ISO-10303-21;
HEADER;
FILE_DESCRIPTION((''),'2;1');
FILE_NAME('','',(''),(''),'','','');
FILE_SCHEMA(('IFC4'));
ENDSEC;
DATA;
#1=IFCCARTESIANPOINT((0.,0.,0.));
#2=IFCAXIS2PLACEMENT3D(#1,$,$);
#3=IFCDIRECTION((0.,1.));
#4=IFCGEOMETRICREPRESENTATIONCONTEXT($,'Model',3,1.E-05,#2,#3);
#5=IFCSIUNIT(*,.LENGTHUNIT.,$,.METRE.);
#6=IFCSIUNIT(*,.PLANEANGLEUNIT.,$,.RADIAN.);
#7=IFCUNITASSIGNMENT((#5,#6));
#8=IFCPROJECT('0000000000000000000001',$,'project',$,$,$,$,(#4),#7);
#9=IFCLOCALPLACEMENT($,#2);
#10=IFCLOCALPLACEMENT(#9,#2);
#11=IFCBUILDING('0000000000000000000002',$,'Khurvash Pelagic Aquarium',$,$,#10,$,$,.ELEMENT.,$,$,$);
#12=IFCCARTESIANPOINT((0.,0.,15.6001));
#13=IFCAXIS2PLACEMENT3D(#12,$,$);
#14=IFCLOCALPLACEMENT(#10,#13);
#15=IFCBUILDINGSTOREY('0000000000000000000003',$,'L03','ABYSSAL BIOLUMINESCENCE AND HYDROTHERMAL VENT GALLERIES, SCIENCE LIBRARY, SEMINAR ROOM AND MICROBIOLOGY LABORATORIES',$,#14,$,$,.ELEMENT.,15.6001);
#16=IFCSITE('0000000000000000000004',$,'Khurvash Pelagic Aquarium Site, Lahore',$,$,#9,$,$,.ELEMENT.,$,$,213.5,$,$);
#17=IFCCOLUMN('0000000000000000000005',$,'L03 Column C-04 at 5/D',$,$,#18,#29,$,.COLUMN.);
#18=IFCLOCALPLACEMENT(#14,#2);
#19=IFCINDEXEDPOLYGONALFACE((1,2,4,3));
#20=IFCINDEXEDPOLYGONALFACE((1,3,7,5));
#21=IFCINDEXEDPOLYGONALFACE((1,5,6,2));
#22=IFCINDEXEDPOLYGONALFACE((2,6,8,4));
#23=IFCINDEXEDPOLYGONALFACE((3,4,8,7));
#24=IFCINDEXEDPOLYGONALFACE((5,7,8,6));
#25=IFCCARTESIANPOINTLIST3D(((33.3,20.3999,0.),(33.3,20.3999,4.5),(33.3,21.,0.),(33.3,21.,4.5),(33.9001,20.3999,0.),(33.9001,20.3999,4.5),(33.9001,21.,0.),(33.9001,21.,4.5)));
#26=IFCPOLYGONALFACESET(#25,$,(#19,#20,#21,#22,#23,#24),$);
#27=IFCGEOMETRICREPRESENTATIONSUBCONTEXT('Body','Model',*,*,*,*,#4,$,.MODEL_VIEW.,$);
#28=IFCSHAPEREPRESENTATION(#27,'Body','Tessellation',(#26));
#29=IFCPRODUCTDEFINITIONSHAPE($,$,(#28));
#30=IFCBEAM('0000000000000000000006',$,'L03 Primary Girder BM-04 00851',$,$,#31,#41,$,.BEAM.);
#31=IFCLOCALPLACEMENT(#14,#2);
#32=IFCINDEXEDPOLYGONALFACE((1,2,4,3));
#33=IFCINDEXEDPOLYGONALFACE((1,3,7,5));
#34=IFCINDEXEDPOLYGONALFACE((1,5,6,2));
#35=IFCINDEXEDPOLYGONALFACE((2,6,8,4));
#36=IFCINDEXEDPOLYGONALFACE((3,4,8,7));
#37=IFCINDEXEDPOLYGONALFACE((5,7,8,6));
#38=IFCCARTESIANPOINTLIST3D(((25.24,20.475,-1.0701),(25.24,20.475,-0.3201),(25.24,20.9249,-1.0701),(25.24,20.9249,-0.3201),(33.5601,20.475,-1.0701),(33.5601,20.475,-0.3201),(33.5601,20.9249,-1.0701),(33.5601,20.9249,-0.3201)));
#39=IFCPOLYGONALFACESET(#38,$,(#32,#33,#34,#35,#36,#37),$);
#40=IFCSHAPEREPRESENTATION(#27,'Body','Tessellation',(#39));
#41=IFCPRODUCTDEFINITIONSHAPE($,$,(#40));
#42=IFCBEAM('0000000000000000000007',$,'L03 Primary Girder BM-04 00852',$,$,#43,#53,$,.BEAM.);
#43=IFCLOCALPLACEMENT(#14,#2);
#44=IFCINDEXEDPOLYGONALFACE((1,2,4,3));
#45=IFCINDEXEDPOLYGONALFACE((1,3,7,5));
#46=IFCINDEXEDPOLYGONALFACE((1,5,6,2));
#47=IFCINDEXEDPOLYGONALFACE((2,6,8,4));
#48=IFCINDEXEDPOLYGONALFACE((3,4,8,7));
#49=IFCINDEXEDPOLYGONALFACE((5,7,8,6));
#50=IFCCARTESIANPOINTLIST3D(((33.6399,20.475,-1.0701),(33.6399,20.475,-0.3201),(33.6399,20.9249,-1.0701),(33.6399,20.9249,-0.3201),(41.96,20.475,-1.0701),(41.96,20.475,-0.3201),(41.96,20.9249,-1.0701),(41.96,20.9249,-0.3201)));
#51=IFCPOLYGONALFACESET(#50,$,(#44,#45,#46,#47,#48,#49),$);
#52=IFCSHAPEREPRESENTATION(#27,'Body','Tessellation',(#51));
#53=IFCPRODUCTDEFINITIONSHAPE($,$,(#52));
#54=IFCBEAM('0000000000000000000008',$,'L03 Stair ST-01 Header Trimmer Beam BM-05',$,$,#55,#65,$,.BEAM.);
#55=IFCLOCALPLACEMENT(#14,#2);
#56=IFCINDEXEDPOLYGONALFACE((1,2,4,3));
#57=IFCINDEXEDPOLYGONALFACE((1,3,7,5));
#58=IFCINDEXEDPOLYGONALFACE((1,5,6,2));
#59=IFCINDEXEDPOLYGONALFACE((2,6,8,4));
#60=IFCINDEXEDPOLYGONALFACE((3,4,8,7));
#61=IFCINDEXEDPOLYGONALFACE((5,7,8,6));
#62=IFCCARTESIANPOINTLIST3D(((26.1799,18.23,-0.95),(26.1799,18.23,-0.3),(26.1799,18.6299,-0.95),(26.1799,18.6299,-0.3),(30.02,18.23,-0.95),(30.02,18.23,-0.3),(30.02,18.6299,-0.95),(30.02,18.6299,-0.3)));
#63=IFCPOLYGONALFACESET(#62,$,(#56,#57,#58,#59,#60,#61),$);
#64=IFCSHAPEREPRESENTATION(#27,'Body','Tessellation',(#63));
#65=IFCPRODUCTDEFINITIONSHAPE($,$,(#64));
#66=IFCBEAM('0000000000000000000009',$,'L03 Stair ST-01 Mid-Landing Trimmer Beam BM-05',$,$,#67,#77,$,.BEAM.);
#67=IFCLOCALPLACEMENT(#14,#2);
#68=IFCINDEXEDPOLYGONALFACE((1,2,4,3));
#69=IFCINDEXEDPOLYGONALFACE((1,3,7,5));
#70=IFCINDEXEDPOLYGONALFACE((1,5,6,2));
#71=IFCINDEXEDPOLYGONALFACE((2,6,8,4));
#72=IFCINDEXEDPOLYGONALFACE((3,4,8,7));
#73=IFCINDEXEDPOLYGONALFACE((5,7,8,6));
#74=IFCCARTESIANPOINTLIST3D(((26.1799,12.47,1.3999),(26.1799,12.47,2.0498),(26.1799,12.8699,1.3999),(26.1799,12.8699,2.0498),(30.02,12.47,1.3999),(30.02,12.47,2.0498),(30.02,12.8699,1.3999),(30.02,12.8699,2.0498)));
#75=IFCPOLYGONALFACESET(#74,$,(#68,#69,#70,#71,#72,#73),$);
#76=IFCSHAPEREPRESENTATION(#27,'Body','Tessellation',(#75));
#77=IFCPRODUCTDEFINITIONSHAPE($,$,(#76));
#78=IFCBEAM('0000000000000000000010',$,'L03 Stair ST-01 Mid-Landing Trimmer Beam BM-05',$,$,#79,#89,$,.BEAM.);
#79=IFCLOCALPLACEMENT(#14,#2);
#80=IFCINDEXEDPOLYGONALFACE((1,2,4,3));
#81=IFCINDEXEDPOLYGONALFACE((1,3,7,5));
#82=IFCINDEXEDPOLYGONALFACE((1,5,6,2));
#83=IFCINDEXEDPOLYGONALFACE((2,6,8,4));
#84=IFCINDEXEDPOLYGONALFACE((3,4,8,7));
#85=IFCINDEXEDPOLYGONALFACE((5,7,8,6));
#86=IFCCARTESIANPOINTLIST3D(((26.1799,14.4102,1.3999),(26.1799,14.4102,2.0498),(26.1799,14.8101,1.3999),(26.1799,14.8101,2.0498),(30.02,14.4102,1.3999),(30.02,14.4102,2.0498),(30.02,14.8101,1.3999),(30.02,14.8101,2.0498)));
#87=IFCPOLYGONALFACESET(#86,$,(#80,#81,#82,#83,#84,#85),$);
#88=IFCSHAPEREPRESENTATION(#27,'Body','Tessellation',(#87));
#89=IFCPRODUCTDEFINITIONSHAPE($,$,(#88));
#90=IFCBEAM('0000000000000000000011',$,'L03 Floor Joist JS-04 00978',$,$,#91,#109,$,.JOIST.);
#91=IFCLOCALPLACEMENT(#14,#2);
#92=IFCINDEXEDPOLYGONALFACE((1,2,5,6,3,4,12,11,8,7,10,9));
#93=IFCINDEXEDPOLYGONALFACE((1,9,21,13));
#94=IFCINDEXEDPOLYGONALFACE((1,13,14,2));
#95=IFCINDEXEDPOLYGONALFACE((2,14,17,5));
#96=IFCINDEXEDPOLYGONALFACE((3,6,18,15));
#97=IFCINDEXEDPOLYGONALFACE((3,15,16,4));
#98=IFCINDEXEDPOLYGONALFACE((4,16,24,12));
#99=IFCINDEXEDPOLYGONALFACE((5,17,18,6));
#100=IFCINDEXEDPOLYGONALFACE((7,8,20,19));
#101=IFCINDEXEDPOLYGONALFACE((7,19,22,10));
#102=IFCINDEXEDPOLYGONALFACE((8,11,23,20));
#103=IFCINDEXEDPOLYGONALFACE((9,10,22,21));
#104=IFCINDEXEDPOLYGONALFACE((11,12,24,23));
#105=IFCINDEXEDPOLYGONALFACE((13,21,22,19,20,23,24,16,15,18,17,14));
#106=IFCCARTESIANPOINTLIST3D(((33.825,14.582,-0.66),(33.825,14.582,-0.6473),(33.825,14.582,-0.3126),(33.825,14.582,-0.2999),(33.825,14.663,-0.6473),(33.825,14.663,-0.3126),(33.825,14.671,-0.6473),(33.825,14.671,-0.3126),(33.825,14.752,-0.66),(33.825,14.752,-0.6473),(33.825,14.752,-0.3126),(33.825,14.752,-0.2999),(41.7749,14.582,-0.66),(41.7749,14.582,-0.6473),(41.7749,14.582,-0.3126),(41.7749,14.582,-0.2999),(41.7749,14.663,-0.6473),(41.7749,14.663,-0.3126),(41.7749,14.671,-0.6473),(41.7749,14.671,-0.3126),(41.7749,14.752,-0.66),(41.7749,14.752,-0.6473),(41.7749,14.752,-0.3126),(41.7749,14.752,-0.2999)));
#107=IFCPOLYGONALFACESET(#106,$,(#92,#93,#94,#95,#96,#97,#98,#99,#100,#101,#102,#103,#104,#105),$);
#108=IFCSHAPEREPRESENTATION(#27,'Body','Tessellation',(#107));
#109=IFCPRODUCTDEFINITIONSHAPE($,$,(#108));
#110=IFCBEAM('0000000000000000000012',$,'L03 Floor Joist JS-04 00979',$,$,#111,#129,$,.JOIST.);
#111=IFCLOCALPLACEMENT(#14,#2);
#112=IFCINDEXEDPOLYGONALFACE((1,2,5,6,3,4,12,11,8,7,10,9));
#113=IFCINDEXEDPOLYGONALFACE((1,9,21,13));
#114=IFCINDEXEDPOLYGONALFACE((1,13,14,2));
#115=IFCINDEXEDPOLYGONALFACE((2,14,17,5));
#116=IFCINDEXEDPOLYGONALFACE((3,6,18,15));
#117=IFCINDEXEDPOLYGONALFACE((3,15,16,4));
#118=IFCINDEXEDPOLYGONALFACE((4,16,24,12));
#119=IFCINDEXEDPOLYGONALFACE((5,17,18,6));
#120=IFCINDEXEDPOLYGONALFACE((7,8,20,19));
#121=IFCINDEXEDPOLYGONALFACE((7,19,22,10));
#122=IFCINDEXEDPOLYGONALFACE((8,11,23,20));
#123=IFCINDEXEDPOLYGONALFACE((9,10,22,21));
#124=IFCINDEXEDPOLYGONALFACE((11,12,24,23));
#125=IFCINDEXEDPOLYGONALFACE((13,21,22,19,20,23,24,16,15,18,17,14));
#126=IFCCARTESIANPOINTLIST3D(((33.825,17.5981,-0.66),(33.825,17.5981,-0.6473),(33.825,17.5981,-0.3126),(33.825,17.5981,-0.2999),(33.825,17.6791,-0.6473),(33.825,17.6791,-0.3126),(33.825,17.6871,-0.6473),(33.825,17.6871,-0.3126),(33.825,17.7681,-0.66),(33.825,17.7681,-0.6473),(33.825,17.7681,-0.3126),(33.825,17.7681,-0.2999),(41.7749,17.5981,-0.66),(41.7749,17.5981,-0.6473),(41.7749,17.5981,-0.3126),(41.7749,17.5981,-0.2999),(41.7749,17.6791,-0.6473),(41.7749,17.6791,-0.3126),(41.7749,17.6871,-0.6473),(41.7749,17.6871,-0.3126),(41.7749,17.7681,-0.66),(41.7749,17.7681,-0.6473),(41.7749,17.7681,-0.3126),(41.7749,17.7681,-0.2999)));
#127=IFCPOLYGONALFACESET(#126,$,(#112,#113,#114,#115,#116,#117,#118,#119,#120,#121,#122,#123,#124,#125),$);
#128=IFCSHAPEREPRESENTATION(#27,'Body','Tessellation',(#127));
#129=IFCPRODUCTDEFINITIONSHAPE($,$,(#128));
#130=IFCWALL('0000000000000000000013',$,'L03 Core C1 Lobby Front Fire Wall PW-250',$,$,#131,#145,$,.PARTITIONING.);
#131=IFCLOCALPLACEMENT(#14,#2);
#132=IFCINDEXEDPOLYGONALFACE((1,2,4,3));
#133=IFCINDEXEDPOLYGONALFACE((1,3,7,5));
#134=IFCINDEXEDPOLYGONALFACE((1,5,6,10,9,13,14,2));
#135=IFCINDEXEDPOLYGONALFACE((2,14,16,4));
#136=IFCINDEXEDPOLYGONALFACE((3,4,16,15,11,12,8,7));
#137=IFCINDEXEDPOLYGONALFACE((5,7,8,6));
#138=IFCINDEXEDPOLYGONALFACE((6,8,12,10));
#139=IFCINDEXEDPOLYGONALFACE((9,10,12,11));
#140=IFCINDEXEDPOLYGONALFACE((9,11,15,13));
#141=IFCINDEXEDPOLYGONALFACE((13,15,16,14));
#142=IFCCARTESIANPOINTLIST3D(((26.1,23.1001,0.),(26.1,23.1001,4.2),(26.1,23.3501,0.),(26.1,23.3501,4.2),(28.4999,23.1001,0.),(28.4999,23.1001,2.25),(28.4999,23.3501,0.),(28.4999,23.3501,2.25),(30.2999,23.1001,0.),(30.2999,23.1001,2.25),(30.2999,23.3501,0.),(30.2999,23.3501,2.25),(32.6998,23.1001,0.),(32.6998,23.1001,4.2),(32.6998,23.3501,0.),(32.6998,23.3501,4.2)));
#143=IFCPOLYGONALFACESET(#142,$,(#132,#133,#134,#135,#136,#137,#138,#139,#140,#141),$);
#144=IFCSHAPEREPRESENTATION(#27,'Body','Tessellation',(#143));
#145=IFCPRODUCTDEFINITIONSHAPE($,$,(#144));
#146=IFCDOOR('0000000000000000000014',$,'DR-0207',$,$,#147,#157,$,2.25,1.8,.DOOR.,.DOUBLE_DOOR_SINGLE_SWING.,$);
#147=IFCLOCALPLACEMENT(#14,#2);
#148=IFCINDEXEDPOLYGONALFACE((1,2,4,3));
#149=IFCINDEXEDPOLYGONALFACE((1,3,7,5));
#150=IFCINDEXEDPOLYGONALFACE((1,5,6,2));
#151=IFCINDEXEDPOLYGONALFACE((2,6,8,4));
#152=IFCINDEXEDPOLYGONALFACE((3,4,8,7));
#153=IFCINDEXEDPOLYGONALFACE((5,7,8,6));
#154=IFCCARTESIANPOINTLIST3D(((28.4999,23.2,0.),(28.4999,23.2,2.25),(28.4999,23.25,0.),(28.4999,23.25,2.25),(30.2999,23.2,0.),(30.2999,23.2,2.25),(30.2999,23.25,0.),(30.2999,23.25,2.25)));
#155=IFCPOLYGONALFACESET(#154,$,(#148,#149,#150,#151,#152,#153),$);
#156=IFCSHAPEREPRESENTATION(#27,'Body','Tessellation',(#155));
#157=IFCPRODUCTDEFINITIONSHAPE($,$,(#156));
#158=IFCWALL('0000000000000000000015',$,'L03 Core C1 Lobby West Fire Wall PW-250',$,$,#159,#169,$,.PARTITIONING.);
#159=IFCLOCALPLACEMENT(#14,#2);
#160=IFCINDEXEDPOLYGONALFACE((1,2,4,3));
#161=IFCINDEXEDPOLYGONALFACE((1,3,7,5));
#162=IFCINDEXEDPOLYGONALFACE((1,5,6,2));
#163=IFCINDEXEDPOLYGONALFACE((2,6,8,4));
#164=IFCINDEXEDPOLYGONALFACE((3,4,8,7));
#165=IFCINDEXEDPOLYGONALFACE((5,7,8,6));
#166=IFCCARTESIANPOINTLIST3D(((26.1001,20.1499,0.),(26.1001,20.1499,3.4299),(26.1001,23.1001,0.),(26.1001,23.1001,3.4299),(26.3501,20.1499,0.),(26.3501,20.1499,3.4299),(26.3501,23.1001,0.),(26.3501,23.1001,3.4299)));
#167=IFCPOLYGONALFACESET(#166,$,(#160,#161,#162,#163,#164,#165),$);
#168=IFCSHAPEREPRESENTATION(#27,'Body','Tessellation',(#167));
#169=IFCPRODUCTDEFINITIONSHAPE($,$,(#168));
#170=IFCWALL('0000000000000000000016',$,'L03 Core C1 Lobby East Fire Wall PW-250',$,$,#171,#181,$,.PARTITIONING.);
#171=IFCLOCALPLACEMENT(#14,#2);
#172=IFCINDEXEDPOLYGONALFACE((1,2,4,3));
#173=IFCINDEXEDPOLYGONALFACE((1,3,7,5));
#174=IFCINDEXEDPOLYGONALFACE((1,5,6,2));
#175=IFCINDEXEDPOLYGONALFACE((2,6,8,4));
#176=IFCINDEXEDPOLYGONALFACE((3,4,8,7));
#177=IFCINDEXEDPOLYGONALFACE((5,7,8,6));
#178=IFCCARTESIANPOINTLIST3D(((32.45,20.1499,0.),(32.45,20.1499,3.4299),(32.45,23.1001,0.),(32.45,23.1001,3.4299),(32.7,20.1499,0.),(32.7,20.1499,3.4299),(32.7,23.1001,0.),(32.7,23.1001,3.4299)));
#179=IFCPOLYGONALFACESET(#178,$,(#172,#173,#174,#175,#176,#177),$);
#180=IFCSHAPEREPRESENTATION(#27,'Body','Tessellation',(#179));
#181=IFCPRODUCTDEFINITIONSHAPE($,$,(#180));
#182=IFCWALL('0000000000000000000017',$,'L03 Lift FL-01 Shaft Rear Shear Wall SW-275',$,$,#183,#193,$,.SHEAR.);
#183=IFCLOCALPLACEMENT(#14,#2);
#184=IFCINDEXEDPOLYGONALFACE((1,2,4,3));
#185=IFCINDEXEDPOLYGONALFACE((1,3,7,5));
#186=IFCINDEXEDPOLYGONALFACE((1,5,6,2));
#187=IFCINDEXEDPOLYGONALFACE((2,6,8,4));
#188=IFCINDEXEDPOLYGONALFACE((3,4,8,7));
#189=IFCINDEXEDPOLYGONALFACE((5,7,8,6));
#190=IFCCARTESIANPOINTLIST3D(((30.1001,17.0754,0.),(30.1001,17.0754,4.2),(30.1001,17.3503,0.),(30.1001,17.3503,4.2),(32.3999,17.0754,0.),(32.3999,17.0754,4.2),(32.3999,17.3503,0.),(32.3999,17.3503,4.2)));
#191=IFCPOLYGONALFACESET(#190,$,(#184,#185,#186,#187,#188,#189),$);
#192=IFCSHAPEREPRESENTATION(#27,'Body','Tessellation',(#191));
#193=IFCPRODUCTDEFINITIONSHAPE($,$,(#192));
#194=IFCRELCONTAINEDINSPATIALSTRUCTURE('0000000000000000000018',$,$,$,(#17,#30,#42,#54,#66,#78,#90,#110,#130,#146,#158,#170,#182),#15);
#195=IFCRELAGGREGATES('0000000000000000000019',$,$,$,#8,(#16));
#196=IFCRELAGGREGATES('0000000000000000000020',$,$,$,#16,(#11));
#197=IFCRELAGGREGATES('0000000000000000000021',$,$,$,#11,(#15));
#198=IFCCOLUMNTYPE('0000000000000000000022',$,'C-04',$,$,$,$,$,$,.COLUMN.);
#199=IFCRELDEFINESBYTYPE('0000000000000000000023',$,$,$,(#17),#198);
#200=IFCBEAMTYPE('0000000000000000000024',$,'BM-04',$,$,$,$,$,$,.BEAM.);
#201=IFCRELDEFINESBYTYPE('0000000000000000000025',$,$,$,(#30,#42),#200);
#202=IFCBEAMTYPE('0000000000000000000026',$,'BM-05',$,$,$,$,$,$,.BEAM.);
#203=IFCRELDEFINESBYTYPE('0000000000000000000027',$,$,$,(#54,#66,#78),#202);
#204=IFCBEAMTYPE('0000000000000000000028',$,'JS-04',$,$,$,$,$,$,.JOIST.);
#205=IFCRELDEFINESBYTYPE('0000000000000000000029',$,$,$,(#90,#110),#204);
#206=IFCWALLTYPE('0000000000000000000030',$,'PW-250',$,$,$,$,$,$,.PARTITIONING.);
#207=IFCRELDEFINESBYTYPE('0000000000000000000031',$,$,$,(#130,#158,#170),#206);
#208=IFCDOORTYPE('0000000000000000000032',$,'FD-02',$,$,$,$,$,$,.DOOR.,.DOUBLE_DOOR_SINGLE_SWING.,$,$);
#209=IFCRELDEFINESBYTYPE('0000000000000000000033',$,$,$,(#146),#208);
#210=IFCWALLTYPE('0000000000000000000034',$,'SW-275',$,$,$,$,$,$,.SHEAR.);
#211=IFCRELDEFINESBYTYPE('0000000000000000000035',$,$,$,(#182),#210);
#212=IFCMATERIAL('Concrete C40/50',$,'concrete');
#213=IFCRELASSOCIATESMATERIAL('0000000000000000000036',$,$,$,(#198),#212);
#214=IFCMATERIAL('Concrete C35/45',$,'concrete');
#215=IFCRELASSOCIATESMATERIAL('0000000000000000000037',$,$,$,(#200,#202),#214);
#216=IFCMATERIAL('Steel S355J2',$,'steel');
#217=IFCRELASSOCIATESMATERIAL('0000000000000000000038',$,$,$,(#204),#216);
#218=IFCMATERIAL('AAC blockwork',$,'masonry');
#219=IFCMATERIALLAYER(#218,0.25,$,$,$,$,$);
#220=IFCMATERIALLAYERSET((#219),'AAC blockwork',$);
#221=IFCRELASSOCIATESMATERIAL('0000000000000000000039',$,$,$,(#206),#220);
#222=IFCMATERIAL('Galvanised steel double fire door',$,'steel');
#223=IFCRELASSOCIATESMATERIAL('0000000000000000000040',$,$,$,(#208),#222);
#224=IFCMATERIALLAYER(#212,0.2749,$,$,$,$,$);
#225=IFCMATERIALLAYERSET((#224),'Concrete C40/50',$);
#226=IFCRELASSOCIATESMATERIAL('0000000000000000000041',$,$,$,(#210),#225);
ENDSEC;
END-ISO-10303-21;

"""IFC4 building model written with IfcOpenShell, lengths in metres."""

from ifc_helpers import new_model, si_unit, direction, frame, frame_2d, origin, origin_2d, place, context, subcontext, project, spatial, rectangle, i_section, extrude, material, layer, layer_set, material_profile, profile_set, type_object, element, fill, save


model = new_model("IFC4")

# Units and contexts
model_context = context("Model", 3, precision=1e-05, world=origin(), true_north=direction((0.0, 1.0)))
body_context = subcontext(model_context, "Body", "Model", "MODEL_VIEW")
ifc_project = project(units=[si_unit("LENGTHUNIT", "METRE"), si_unit("PLANEANGLEUNIT", "RADIAN")], contexts=[model_context])

# Site, building, storey
site_placement = place(None, origin())
site = spatial("IfcSite", under=ifc_project, at=site_placement, Name="Khurvash Pelagic Aquarium Site, Lahore", CompositionType="ELEMENT", RefElevation=213.5)
building_placement = place(site_placement, origin())
building = spatial("IfcBuilding", under=site, at=building_placement, Name="Khurvash Pelagic Aquarium", CompositionType="ELEMENT")
storey_placement = place(building_placement, frame((0.0, 0.0, 15.6001)))
storey = spatial("IfcBuildingStorey", under=building, at=storey_placement, Name="L03", Description="ABYSSAL BIOLUMINESCENCE AND HYDROTHERMAL VENT GALLERIES, SCIENCE LIBRARY, SEMINAR ROOM AND MICROBIOLOGY LABORATORIES", CompositionType="ELEMENT", Elevation=15.6001)

# Column
ifc_material_1 = material(Name="Concrete C40/50", Category="concrete")
ifc_material_profile_1 = material_profile(ifc_material_1, rectangle(XDim=0.6001, YDim=0.6001, at=origin_2d()), Name="RC600X600")
ifc_profile_set_1 = profile_set([ifc_material_profile_1], Name="Concrete C40/50")
column_type = type_object("IfcColumnType", Name="C-04", PredefinedType="COLUMN", material=ifc_profile_set_1)
column_placement = place(storey_placement, frame((33.6001, 20.7, 0.0), z_axis=(0.0, 0.0, 1.0), x_axis=(1.0, 0.0, 0.0)))
element("IfcColumn", 1, at=column_placement, inside=storey, type_object=column_type, Name="L03 Column C-04 at 5/D", PredefinedType="COLUMN", context=body_context, shape_type="SweptSolid", body=[
    extrude(rectangle(XDim=0.6001, YDim=0.6001, at=origin_2d()), origin(), (0.0, 0.0, 1.0), 4.5),
])

# Beams
ifc_material_2 = material(Name="Concrete C35/45", Category="concrete")
ifc_material_profile_2 = material_profile(ifc_material_2, rectangle(XDim=0.45, YDim=0.75, at=origin_2d()), Name="RC450X750")
ifc_profile_set_2 = profile_set([ifc_material_profile_2], Name="Concrete C35/45")
beam_type_1 = type_object("IfcBeamType", Name="BM-04", PredefinedType="BEAM", material=ifc_profile_set_2)
for number, where, z_axis, x_axis, name in (
    (2, (25.24, 20.7, -0.6951), (1.0, 0.0, 0.0), (0.0, 1.0, 0.0), "L03 Primary Girder BM-04 00851"),
    (3, (33.6399, 20.7, -0.6951), (1.0, 0.0, 0.0), (0.0, 1.0, 0.0), "L03 Primary Girder BM-04 00852"),
):
    element("IfcBeam", number, at=place(storey_placement, frame(where, z_axis=z_axis, x_axis=x_axis)), inside=storey, type_object=beam_type_1, Name=name, PredefinedType="BEAM", context=body_context, shape_type="SweptSolid", body=[
        extrude(rectangle(XDim=0.45, YDim=0.75, at=origin_2d()), origin(), (0.0, 0.0, 1.0), 8.3201),
    ])
ifc_material_profile_3 = material_profile(ifc_material_2, rectangle(XDim=0.3999, YDim=0.6499, at=origin_2d()), Name="RC400X650")
ifc_profile_set_3 = profile_set([ifc_material_profile_3], Name="Concrete C35/45")
beam_type_2 = type_object("IfcBeamType", Name="BM-05", PredefinedType="BEAM", material=ifc_profile_set_3)
for number, where, z_axis, x_axis, name in (
    (4, (26.1799, 18.4299, -0.625), (1.0, 0.0, 0.0), (0.0, 1.0, 0.0), "L03 Stair ST-01 Header Trimmer Beam BM-05"),
    (5, (26.1799, 12.6699, 1.7249), (1.0, 0.0, 0.0), (0.0, 1.0, 0.0), "L03 Stair ST-01 Mid-Landing Trimmer Beam BM-05"),
    (6, (26.1799, 14.6101, 1.7249), (1.0, 0.0, 0.0), (0.0, 1.0, 0.0), "L03 Stair ST-01 Mid-Landing Trimmer Beam BM-05"),
):
    element("IfcBeam", number, at=place(storey_placement, frame(where, z_axis=z_axis, x_axis=x_axis)), inside=storey, type_object=beam_type_2, Name=name, PredefinedType="BEAM", context=body_context, shape_type="SweptSolid", body=[
        extrude(rectangle(XDim=0.3999, YDim=0.6499, at=origin_2d()), origin(), (0.0, 0.0, 1.0), 3.8401),
    ])
ifc_material_3 = material(Name="Steel S355J2", Category="steel")
ifc_material_profile_4 = material_profile(ifc_material_3, i_section(OverallWidth=0.1699, OverallDepth=0.3601, WebThickness=0.0081, FlangeThickness=0.0127, at=origin_2d()), Name="IPE360")
ifc_profile_set_4 = profile_set([ifc_material_profile_4], Name="Steel S355J2")
beam_type_3 = type_object("IfcBeamType", Name="JS-04", PredefinedType="JOIST", material=ifc_profile_set_4)
for number, where, z_axis, x_axis, name in (
    (7, (33.825, 14.667, -0.48), (1.0, 0.0, 0.0), (0.0, 1.0, 0.0), "L03 Floor Joist JS-04 00978"),
    (8, (33.825, 17.6831, -0.48), (1.0, 0.0, 0.0), (0.0, 1.0, 0.0), "L03 Floor Joist JS-04 00979"),
):
    element("IfcBeam", number, at=place(storey_placement, frame(where, z_axis=z_axis, x_axis=x_axis)), inside=storey, type_object=beam_type_3, Name=name, PredefinedType="JOIST", context=body_context, shape_type="SweptSolid", body=[
        extrude(i_section(OverallWidth=0.1699, OverallDepth=0.3601, WebThickness=0.0081, FlangeThickness=0.0127, at=origin_2d()), origin(), (0.0, 0.0, 1.0), 7.95),
    ])

# Wall, opening, door
ifc_material_4 = material(Name="AAC blockwork", Category="masonry")
ifc_layer_1 = layer(ifc_material_4, 0.25)
ifc_layer_set_1 = layer_set([ifc_layer_1], Name="AAC blockwork")
wall_type_1 = type_object("IfcWallType", Name="PW-250", PredefinedType="PARTITIONING", material=ifc_layer_set_1)
wall_1_placement = place(storey_placement, frame((26.1001, 23.2251, 0.0), z_axis=(0.0, 0.0, 1.0), x_axis=(1.0, 0.0, 0.0)))
wall_1 = element("IfcWall", 9, at=wall_1_placement, inside=storey, type_object=wall_type_1, Name="L03 Core C1 Lobby Front Fire Wall PW-250", PredefinedType="PARTITIONING", context=body_context, shape_type="SweptSolid", body=[
    extrude(rectangle(XDim=6.5999, YDim=0.25, at=frame_2d((3.2998, 0.0))), origin(), (0.0, 0.0, 1.0), 4.2),
])
opening_1_placement = place(wall_1_placement, frame((2.3999, 0.0, 0.0)))
opening_1 = element("IfcOpeningElement", 10, at=opening_1_placement, cuts=wall_1, PredefinedType="OPENING", context=body_context, shape_type="SweptSolid", body=[
    extrude(rectangle(XDim=1.8, YDim=2.25, at=frame_2d((0.8999, 1.125))), frame((0.0, 0.135, 0.0), z_axis=(0.0, -1.0, 0.0), x_axis=(1.0, 0.0, 0.0)), (0.0, 0.0, 1.0), 0.27),
])
ifc_material_5 = material(Name="Galvanised steel double fire door", Category="steel")
door_type_1 = type_object("IfcDoorType", Name="FD-02", OperationType="DOUBLE_DOOR_SINGLE_SWING", PredefinedType="DOOR", material=ifc_material_5)
door_1_placement = place(opening_1_placement, origin())
door_1 = element("IfcDoor", 11, at=door_1_placement, inside=storey, type_object=door_type_1, Name="DR-0207", OperationType="DOUBLE_DOOR_SINGLE_SWING", OverallHeight=2.25, OverallWidth=1.8, PredefinedType="DOOR", context=body_context, shape_type="SweptSolid", body=[
    extrude(rectangle(XDim=1.8, YDim=2.25, at=frame_2d((0.8999, 1.125))), frame((0.0, 0.0249, 0.0), z_axis=(0.0, -1.0, 0.0), x_axis=(1.0, 0.0, 0.0)), (0.0, 0.0, 1.0), 0.05),
])
fill(opening_1, door_1)

# Walls
for number, where, z_axis, x_axis, name in (
    (12, (26.2251, 20.1499, 0.0), (0.0, 0.0, 1.0), (0.0, 1.0, 0.0), "L03 Core C1 Lobby West Fire Wall PW-250"),
    (13, (32.575, 20.1499, 0.0), (0.0, 0.0, 1.0), (0.0, 1.0, 0.0), "L03 Core C1 Lobby East Fire Wall PW-250"),
):
    element("IfcWall", number, at=place(storey_placement, frame(where, z_axis=z_axis, x_axis=x_axis)), inside=storey, type_object=wall_type_1, Name=name, PredefinedType="PARTITIONING", context=body_context, shape_type="SweptSolid", body=[
        extrude(rectangle(XDim=2.9502, YDim=0.25, at=frame_2d((1.4751, 0.0))), origin(), (0.0, 0.0, 1.0), 3.4299),
    ])
ifc_layer_2 = layer(ifc_material_1, 0.2749)
ifc_layer_set_2 = layer_set([ifc_layer_2], Name="Concrete C40/50")
wall_type_2 = type_object("IfcWallType", Name="SW-275", PredefinedType="SHEAR", material=ifc_layer_set_2)
wall_2_placement = place(storey_placement, frame((30.1001, 17.2129, 0.0), z_axis=(0.0, 0.0, 1.0), x_axis=(1.0, 0.0, 0.0)))
element("IfcWall", 14, at=wall_2_placement, inside=storey, type_object=wall_type_2, Name="L03 Lift FL-01 Shaft Rear Shear Wall SW-275", PredefinedType="SHEAR", context=body_context, shape_type="SweptSolid", body=[
    extrude(rectangle(XDim=2.2998, YDim=0.2749, at=frame_2d((1.1499, 0.0))), origin(), (0.0, 0.0, 1.0), 4.2),
])

save(model, "model.ifc")
